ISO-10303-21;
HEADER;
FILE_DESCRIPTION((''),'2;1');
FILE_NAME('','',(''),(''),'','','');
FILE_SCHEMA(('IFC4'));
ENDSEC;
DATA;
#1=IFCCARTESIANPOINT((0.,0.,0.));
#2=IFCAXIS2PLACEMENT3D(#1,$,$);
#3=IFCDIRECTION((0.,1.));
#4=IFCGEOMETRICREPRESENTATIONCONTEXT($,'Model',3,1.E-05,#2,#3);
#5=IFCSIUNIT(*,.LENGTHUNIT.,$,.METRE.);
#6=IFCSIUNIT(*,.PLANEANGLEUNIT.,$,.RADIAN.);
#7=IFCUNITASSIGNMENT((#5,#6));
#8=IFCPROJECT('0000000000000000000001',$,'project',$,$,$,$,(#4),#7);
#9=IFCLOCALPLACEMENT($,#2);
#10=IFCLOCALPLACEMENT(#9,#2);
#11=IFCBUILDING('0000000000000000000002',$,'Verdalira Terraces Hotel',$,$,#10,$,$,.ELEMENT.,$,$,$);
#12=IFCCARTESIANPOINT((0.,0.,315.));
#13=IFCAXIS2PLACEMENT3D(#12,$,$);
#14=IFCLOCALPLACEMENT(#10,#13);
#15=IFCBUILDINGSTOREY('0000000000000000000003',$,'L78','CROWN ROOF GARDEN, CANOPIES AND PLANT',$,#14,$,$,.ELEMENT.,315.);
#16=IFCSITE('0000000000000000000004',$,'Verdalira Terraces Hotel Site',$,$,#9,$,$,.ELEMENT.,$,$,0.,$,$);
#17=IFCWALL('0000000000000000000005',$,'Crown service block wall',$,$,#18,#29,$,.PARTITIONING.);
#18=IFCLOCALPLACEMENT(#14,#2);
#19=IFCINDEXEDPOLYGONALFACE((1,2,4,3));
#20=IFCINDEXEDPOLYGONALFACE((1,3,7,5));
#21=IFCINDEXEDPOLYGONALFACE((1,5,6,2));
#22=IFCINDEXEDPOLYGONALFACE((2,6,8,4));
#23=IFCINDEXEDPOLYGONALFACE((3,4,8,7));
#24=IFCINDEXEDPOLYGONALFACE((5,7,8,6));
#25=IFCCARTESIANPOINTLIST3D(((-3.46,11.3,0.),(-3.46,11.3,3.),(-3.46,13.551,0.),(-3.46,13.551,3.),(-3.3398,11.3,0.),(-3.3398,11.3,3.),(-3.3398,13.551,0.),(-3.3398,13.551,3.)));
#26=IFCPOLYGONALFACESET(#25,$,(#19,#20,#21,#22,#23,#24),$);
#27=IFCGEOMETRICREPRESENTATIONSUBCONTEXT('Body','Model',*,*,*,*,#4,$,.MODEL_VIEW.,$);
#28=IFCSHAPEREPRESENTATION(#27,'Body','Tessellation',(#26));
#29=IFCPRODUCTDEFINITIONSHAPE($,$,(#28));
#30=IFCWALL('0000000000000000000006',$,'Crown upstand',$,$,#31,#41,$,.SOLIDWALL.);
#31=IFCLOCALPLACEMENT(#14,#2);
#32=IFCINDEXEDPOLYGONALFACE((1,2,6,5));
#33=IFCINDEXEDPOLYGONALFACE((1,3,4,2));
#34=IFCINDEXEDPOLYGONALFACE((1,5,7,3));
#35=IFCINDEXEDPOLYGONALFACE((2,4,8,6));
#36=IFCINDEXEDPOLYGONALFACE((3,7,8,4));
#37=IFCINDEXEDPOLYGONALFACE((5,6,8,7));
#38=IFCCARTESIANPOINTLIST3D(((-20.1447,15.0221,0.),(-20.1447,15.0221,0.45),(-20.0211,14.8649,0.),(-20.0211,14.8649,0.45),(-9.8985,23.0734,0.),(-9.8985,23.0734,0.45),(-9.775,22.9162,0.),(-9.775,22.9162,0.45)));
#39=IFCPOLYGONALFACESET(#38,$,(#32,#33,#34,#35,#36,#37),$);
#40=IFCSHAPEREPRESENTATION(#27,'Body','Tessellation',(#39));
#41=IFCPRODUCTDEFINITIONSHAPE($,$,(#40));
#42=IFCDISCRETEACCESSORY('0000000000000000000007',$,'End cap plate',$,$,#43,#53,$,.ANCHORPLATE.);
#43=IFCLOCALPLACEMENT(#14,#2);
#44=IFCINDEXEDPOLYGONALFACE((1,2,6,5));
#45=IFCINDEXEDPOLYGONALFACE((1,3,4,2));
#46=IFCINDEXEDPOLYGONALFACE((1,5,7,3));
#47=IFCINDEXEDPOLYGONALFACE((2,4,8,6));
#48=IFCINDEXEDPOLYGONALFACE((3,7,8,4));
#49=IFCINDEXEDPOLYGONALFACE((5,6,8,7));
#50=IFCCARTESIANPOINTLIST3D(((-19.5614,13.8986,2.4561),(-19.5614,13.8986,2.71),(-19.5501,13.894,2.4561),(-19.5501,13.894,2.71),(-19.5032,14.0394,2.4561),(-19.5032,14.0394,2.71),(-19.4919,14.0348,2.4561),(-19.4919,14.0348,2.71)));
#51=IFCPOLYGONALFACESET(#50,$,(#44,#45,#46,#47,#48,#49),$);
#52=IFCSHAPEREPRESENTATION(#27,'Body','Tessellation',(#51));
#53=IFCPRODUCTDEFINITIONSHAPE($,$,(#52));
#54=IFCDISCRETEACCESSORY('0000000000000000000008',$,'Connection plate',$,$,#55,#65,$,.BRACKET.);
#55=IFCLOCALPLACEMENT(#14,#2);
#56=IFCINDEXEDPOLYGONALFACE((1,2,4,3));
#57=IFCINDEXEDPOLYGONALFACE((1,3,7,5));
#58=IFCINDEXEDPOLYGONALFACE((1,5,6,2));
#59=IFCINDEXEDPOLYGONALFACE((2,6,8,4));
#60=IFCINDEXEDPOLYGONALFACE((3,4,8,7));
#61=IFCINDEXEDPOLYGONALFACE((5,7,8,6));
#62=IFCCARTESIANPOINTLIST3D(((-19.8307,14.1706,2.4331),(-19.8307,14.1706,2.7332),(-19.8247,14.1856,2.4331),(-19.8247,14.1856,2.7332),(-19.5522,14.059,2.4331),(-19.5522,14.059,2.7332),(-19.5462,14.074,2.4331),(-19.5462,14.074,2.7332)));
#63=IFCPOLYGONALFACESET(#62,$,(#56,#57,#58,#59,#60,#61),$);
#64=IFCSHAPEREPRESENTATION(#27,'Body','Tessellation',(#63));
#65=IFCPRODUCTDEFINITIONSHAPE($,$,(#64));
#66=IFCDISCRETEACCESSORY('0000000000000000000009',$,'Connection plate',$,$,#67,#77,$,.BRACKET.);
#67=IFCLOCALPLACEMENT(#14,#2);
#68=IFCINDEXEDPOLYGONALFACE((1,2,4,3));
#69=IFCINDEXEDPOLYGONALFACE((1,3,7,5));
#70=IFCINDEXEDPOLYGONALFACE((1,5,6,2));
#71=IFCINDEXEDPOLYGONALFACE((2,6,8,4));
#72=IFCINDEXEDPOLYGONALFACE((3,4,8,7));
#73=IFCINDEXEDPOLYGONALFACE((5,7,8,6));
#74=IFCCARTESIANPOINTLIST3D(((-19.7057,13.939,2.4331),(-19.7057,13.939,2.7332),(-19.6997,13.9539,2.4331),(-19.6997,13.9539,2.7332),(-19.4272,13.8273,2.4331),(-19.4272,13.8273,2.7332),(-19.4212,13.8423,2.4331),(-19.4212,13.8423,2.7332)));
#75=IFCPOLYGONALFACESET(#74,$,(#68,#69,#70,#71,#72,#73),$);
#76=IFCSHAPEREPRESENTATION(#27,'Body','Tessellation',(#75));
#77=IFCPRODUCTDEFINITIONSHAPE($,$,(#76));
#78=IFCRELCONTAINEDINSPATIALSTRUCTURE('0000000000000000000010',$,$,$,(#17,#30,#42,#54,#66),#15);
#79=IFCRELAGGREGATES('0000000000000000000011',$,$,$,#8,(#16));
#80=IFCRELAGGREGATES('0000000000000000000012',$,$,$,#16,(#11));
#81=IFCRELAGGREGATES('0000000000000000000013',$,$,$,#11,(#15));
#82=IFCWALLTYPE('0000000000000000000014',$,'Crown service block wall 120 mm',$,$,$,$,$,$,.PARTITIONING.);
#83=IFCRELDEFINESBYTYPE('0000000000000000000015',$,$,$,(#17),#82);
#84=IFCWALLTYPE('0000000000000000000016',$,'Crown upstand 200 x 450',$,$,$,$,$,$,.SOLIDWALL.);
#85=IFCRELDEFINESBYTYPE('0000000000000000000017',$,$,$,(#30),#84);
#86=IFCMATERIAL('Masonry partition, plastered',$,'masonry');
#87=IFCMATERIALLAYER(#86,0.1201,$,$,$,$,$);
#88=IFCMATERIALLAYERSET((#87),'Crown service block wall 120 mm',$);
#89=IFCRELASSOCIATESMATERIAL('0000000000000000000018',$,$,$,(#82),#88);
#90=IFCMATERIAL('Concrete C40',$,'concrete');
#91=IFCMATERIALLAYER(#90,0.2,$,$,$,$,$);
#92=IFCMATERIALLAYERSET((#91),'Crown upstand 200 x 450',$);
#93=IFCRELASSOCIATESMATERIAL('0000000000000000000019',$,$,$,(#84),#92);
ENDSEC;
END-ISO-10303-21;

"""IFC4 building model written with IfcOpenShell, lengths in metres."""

from ifc_helpers import new_model, si_unit, direction, frame, frame_2d, origin, origin_2d, place, context, subcontext, project, spatial, rectangle, extrude, material, layer, layer_set, type_object, element, save


model = new_model("IFC4")

# Units and contexts
model_context = context("Model", 3, precision=1e-05, world=origin(), true_north=direction((0.0, 1.0)))
body_context = subcontext(model_context, "Body", "Model", "MODEL_VIEW")
ifc_project = project(units=[si_unit("LENGTHUNIT", "METRE"), si_unit("PLANEANGLEUNIT", "RADIAN")], contexts=[model_context])

# Site, building, storey
site_placement = place(None, origin())
site = spatial("IfcSite", under=ifc_project, at=site_placement, Name="Verdalira Terraces Hotel Site", CompositionType="ELEMENT", RefElevation=0.0)
building_placement = place(site_placement, origin())
building = spatial("IfcBuilding", under=site, at=building_placement, Name="Verdalira Terraces Hotel", CompositionType="ELEMENT")
storey_placement = place(building_placement, frame((0.0, 0.0, 315.0)))
storey = spatial("IfcBuildingStorey", under=building, at=storey_placement, Name="L78", Description="CROWN ROOF GARDEN, CANOPIES AND PLANT", CompositionType="ELEMENT", Elevation=315.0)

# Shared definitions
ifc_material_1 = material(Name="Masonry partition, plastered", Category="masonry")
ifc_layer_1 = layer(ifc_material_1, 0.1201)
ifc_layer_set_1 = layer_set([ifc_layer_1], Name="Crown service block wall 120 mm")
wall_type_1 = type_object("IfcWallType", Name="Crown service block wall 120 mm", PredefinedType="PARTITIONING", material=ifc_layer_set_1)

# Walls
for number, where, z_axis, x_axis, name in (
    (1, (-3.3999, 11.3, 0.0), (0.0, 0.0, 1.0), (0.0, 1.0, 0.0), "Crown service block wall"),
):
    element("IfcWall", number, at=place(storey_placement, frame(where, z_axis=z_axis, x_axis=x_axis)), inside=storey, type_object=wall_type_1, Name=name, PredefinedType="PARTITIONING", context=body_context, shape_type="SweptSolid", body=[
        extrude(rectangle(XDim=2.251, YDim=0.1201, at=frame_2d((1.1255, 0.0))), origin(), (0.0, 0.0, 1.0), 3.0),
    ])
ifc_material_2 = material(Name="Concrete C40", Category="concrete")
ifc_layer_2 = layer(ifc_material_2, 0.2)
ifc_layer_set_2 = layer_set([ifc_layer_2], Name="Crown upstand 200 x 450")
wall_type_2 = type_object("IfcWallType", Name="Crown upstand 200 x 450", PredefinedType="SOLIDWALL", material=ifc_layer_set_2)
wall_1_placement = place(storey_placement, frame((-9.8367, 22.9949, 0.0), z_axis=(0.0, 0.0, 1.0), x_axis=(-0.78629, -0.617858, 0.0)))
element("IfcWall", 2, at=wall_1_placement, inside=storey, type_object=wall_type_2, Name="Crown upstand", PredefinedType="SOLIDWALL", context=body_context, shape_type="SweptSolid", body=[
    extrude(rectangle(XDim=13.031, YDim=0.2, at=frame_2d((6.5156, 0.0))), origin(), (0.0, 0.0, 1.0), 0.45),
])

# Discrete accessories
discrete_accessory_placement = place(storey_placement, frame((-19.521, 13.9644, 2.583), z_axis=(-0.924261, 0.38176, 0.0), x_axis=(-0.38176, -0.924261, 0.0)))
element("IfcDiscreteAccessory", 3, at=discrete_accessory_placement, inside=storey, Name="End cap plate", PredefinedType="ANCHORPLATE", context=body_context, shape_type="SweptSolid", body=[
    extrude(rectangle(XDim=0.1523, YDim=0.2539, at=origin_2d()), origin(), (0.0, 0.0, 1.0), 0.0122),
])
for number, where, z_axis, x_axis, name in (
    (4, (-19.6885, 14.1223, 2.4331), (0.0, 0.0, 1.0), (0.928226, -0.372016, 0.0), "Connection plate"),
    (5, (-19.5635, 13.8906, 2.4331), (0.0, 0.0, 1.0), (-0.928226, 0.372016, 0.0), "Connection plate"),
):
    element("IfcDiscreteAccessory", number, at=place(storey_placement, frame(where, z_axis=z_axis, x_axis=x_axis)), inside=storey, Name=name, PredefinedType="BRACKET", context=body_context, shape_type="SweptSolid", body=[
        extrude(rectangle(XDim=0.3, YDim=0.0161, at=origin_2d()), origin(), (0.0, 0.0, 1.0), 0.3),
    ])

save(model, "model.ifc")
